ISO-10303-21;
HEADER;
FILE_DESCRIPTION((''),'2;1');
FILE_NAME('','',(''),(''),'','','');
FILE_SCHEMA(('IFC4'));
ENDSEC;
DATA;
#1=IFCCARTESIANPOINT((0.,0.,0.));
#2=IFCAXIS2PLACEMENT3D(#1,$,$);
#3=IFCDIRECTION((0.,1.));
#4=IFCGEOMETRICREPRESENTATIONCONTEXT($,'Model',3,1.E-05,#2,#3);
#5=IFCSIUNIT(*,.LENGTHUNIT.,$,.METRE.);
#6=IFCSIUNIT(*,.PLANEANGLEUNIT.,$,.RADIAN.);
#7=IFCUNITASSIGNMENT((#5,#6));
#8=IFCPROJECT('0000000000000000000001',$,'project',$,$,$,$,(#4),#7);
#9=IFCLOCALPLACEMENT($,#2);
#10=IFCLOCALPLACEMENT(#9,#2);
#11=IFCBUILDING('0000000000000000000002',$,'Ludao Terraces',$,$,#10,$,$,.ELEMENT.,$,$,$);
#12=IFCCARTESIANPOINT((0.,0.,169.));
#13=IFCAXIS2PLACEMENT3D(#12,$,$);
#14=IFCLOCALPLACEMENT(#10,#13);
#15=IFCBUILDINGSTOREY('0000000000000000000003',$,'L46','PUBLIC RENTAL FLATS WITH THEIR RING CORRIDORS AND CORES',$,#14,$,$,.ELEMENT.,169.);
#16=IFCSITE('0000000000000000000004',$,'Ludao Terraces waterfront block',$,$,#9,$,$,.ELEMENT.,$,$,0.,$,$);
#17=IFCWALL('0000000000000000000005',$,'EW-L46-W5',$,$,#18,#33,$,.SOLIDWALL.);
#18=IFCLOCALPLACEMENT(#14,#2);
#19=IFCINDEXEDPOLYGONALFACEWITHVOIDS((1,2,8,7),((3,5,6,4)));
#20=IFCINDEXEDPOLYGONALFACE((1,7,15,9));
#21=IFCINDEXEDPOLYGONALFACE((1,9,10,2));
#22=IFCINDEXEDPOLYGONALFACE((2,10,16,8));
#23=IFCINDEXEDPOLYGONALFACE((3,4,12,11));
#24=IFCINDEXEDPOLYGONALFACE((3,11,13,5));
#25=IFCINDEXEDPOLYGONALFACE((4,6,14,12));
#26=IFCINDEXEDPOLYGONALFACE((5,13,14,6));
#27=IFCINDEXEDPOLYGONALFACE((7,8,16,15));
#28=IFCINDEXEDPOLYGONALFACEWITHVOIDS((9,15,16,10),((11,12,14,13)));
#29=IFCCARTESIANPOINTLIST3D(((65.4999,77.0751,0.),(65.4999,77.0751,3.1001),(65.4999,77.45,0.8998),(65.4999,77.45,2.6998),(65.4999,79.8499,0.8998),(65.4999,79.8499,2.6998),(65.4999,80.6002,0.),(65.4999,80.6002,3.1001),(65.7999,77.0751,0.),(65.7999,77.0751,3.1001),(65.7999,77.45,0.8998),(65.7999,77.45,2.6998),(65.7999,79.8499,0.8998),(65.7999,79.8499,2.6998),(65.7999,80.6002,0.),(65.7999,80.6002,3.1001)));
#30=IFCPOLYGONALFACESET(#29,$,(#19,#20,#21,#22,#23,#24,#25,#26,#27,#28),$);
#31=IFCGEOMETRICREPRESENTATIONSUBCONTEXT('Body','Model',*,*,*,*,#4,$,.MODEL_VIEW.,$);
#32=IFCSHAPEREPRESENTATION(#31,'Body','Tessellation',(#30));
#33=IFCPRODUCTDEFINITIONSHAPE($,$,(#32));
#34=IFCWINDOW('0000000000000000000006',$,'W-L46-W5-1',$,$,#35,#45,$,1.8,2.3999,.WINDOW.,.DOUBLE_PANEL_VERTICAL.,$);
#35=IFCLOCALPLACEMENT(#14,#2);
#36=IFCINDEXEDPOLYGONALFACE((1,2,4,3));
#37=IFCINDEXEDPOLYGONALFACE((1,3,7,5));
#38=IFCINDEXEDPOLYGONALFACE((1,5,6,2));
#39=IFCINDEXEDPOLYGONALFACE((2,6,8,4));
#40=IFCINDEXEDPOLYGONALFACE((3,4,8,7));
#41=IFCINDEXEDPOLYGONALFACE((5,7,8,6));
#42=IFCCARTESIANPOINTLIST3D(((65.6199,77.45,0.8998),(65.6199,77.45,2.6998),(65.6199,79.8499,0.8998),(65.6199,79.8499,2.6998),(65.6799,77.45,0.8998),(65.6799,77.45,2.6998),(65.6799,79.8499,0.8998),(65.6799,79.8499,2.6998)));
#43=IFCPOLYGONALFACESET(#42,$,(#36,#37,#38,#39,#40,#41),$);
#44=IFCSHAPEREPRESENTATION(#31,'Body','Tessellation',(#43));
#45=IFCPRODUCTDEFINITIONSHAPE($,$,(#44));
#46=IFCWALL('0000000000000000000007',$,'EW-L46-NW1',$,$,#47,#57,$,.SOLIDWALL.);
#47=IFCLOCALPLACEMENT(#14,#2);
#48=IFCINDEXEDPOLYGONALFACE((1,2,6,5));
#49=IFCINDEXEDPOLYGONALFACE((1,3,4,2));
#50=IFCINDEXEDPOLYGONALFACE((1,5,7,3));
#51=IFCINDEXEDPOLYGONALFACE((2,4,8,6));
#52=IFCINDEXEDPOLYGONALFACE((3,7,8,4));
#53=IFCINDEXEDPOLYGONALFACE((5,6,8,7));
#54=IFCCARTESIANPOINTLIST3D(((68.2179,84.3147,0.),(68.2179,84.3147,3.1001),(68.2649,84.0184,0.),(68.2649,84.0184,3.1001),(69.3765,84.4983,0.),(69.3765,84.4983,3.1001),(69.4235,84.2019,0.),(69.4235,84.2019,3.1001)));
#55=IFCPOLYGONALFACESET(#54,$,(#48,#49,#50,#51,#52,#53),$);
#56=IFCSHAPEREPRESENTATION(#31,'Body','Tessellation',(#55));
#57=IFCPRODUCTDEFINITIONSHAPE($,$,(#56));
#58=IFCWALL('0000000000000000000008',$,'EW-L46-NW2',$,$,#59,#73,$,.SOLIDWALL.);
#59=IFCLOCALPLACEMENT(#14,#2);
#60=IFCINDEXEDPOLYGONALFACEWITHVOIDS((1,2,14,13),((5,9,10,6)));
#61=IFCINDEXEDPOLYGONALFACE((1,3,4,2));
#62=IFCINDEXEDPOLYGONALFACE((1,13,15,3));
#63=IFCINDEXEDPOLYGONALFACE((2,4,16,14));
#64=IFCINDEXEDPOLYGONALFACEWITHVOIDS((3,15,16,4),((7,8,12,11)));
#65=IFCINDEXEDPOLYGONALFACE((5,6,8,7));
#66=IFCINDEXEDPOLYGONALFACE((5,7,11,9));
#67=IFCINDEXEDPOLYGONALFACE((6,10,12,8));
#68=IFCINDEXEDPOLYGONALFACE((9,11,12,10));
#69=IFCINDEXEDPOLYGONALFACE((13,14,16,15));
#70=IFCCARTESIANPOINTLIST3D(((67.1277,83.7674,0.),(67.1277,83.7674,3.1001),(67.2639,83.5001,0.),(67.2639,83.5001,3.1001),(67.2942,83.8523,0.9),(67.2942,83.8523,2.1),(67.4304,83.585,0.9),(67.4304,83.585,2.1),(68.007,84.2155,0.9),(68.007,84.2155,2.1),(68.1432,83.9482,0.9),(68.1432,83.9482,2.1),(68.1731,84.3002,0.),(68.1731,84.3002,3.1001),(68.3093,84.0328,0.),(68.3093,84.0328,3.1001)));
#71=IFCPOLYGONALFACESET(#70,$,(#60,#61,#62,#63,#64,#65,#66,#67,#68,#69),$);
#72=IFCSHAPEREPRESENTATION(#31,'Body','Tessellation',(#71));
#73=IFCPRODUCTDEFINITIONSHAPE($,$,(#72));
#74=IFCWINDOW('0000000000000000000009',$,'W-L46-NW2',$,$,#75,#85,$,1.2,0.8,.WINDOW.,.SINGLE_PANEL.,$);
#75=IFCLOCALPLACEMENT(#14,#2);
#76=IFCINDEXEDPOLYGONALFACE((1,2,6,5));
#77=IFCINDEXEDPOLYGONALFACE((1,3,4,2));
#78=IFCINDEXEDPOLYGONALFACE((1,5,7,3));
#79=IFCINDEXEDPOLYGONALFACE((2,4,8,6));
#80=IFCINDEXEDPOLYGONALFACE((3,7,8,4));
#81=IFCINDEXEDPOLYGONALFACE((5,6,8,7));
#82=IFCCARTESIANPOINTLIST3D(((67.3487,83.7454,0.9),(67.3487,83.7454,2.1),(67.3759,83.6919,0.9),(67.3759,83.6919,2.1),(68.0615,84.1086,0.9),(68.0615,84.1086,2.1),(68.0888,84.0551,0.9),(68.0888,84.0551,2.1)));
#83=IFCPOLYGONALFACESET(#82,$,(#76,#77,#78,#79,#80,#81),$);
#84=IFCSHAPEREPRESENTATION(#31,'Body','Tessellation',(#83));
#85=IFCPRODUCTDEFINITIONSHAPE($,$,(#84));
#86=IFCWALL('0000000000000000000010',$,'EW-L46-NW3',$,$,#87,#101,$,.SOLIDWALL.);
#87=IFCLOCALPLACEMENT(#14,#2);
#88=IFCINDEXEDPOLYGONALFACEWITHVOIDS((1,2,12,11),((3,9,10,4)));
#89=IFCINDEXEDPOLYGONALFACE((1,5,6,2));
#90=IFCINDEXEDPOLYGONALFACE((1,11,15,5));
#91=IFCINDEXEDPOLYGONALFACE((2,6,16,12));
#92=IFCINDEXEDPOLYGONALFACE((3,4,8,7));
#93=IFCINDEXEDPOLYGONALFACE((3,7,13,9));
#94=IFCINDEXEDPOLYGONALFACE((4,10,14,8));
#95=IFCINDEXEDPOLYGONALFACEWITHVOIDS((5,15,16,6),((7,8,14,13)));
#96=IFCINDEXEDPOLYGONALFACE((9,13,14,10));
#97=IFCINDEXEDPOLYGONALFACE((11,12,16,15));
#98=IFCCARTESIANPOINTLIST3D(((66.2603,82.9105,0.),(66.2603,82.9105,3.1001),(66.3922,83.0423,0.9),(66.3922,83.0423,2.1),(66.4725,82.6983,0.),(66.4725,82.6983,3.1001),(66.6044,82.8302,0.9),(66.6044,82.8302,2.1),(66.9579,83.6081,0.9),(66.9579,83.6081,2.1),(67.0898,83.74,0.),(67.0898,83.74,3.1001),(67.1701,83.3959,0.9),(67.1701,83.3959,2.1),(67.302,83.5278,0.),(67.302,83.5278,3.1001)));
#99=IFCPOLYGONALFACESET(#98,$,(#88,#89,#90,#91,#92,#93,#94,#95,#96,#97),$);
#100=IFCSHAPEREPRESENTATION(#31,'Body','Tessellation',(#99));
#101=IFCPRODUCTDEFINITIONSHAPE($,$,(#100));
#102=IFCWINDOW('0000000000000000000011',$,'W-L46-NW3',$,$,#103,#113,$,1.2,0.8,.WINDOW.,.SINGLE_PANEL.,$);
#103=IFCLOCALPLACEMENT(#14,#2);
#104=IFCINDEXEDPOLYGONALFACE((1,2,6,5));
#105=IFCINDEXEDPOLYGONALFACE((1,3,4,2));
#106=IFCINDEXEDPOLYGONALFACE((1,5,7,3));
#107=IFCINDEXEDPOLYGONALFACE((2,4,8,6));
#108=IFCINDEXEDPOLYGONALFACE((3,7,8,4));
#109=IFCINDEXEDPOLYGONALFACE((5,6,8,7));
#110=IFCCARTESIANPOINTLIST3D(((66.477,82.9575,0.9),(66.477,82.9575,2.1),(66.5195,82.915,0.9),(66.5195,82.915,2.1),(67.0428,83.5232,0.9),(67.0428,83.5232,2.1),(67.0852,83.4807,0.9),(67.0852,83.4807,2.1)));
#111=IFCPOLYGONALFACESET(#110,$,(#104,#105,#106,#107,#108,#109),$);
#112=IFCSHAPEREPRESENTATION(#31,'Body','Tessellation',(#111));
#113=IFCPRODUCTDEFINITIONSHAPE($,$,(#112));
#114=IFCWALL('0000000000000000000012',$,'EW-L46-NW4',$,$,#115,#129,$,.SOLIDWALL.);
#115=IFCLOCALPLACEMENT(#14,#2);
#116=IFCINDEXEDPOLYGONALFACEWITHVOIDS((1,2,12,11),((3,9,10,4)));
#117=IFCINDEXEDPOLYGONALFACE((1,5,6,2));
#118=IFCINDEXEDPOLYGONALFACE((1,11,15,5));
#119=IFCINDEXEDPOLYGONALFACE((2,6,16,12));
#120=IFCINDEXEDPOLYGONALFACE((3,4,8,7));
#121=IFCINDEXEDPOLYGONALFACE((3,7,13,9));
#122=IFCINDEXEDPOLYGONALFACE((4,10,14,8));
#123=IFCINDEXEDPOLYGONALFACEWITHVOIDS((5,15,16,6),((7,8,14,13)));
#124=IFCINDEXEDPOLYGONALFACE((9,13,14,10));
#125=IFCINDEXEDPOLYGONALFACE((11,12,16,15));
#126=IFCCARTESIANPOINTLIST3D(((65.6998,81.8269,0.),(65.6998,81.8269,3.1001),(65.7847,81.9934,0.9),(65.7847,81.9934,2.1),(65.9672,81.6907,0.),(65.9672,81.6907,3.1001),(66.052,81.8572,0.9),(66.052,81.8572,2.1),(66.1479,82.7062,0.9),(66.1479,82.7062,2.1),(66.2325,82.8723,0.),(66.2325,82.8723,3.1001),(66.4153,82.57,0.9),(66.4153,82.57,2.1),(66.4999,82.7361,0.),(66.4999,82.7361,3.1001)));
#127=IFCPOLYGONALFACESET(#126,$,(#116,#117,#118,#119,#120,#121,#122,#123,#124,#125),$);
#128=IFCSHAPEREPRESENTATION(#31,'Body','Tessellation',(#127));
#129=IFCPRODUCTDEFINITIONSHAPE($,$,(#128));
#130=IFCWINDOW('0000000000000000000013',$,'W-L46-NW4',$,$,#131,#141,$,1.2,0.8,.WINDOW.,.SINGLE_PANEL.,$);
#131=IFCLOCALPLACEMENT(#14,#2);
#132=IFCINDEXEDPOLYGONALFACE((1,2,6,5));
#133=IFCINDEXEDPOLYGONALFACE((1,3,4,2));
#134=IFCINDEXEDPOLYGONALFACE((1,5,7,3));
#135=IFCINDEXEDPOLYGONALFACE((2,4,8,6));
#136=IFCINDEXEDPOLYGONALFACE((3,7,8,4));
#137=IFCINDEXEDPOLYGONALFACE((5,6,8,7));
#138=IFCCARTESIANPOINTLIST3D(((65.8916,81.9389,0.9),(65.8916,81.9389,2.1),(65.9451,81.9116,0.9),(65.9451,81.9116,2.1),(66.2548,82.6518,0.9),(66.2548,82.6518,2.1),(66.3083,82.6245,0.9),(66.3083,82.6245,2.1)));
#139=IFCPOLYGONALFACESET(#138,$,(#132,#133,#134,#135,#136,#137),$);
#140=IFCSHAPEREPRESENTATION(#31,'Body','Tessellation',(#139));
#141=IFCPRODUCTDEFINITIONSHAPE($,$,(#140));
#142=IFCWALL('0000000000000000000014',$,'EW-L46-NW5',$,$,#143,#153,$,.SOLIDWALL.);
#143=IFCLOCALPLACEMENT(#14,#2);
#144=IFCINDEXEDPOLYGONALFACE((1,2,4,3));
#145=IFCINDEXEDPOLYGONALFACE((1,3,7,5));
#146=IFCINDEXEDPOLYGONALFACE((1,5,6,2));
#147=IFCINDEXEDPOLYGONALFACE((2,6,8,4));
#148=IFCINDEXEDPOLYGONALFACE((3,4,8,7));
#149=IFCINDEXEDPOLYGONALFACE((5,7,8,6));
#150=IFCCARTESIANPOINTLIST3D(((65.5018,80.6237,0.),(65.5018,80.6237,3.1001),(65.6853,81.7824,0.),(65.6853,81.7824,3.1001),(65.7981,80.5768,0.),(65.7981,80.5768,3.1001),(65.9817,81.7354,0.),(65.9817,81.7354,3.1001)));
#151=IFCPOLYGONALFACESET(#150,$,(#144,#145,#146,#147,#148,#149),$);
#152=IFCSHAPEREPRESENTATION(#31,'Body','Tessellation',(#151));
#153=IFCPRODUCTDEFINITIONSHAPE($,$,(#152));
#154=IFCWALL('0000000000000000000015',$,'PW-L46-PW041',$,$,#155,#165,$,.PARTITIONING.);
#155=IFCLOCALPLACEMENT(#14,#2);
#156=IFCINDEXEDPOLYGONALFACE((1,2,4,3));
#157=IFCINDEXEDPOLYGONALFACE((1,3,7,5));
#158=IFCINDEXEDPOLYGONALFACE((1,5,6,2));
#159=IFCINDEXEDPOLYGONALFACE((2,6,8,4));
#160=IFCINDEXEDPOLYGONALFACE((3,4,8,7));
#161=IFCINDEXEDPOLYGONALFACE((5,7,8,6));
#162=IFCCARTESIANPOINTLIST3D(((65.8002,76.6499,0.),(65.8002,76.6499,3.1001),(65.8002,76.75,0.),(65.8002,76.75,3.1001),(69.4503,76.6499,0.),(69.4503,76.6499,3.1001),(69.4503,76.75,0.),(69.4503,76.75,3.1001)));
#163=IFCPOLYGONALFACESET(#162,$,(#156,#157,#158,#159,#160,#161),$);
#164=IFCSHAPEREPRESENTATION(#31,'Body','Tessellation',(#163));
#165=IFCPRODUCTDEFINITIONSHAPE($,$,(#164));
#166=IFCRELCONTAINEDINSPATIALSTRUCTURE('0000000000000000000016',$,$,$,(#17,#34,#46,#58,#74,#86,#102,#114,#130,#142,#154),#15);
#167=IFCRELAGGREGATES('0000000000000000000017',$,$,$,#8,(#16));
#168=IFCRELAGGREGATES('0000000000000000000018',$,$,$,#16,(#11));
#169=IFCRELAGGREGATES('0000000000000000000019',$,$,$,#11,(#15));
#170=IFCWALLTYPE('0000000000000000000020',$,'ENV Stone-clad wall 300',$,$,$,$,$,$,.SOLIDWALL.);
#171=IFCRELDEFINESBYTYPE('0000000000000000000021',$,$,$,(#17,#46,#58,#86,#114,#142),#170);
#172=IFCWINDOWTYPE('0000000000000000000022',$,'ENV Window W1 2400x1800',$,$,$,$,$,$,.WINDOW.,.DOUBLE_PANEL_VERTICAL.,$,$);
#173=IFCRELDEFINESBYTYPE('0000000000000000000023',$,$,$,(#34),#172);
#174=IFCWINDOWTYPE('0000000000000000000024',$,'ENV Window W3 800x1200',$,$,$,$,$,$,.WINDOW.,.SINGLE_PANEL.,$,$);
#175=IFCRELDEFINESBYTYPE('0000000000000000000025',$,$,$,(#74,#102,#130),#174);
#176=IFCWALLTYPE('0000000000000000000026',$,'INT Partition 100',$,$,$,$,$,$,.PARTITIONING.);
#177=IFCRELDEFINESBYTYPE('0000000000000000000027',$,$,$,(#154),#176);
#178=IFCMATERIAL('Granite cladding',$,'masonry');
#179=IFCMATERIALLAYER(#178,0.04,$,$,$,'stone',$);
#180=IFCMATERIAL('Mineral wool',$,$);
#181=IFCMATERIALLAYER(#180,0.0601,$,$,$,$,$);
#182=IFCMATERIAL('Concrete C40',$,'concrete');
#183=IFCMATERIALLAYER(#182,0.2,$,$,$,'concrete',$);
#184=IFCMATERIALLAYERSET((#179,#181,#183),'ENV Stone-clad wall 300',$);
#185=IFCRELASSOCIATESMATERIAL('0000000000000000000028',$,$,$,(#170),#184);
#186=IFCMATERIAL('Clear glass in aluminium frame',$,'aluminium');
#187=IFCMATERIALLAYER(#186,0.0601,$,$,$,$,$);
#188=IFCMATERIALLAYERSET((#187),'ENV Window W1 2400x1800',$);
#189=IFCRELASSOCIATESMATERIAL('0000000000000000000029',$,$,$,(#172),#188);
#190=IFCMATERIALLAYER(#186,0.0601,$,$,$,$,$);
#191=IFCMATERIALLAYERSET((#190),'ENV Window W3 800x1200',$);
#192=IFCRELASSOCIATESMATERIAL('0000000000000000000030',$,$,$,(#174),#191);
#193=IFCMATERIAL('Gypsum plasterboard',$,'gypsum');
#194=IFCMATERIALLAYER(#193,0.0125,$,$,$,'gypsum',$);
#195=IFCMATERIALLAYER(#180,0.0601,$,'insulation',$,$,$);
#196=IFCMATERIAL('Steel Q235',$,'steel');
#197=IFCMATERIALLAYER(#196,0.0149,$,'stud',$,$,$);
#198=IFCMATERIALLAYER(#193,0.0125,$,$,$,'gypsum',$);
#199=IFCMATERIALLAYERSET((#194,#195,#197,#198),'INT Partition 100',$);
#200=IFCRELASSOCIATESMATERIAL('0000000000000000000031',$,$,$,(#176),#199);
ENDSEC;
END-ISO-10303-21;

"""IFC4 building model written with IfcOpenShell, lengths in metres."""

from ifc_helpers import new_model, si_unit, direction, frame, frame_2d, origin, place, context, subcontext, project, spatial, rectangle, extrude, material, layer, layer_set, type_object, element, fill, save


model = new_model("IFC4")

# Units and contexts
model_context = context("Model", 3, precision=1e-05, world=origin(), true_north=direction((0.0, 1.0)))
body_context = subcontext(model_context, "Body", "Model", "MODEL_VIEW")
ifc_project = project(units=[si_unit("LENGTHUNIT", "METRE"), si_unit("PLANEANGLEUNIT", "RADIAN")], contexts=[model_context])

# Site, building, storey
site_placement = place(None, origin())
site = spatial("IfcSite", under=ifc_project, at=site_placement, Name="Ludao Terraces waterfront block", CompositionType="ELEMENT", RefElevation=0.0)
building_placement = place(site_placement, origin())
building = spatial("IfcBuilding", under=site, at=building_placement, Name="Ludao Terraces", CompositionType="ELEMENT")
storey_placement = place(building_placement, frame((0.0, 0.0, 169.0)))
storey = spatial("IfcBuildingStorey", under=building, at=storey_placement, Name="L46", Description="PUBLIC RENTAL FLATS WITH THEIR RING CORRIDORS AND CORES", CompositionType="ELEMENT", Elevation=169.0)

# Shared definitions
ifc_material_1 = material(Name="Concrete C40", Category="concrete")

# Shared definitions
ifc_material_2 = material(Name="Steel Q235", Category="steel")

# Shared definitions
ifc_material_3 = material(Name="Granite cladding", Category="masonry")
ifc_layer_1 = layer(ifc_material_3, 0.04, Category="stone")
ifc_material_4 = material(Name="Mineral wool")
ifc_layer_2 = layer(ifc_material_4, 0.0601)
ifc_layer_3 = layer(ifc_material_1, 0.2, Category="concrete")
ifc_layer_set_1 = layer_set([ifc_layer_1, ifc_layer_2, ifc_layer_3], Name="ENV Stone-clad wall 300")
wall_type_1 = type_object("IfcWallType", Name="ENV Stone-clad wall 300", PredefinedType="SOLIDWALL", material=ifc_layer_set_1)
ifc_material_5 = material(Name="Clear glass in aluminium frame", Category="aluminium")
ifc_layer_4 = layer(ifc_material_5, 0.0601)
ifc_layer_set_2 = layer_set([ifc_layer_4], Name="ENV Window W1 2400x1800")
window_type_1 = type_object("IfcWindowType", Name="ENV Window W1 2400x1800", PartitioningType="DOUBLE_PANEL_VERTICAL", PredefinedType="WINDOW", material=ifc_layer_set_2)

# Wall, opening, window
wall_1_placement = place(storey_placement, frame((65.6499, 77.075, 0.0), z_axis=(0.0, 0.0, 1.0), x_axis=(0.0, 1.0, 0.0)))
wall_1 = element("IfcWall", 1, at=wall_1_placement, inside=storey, type_object=wall_type_1, Name="EW-L46-W5", PredefinedType="SOLIDWALL", context=body_context, shape_type="SweptSolid", body=[
    extrude(rectangle(XDim=3.5251, YDim=0.3, at=frame_2d((1.7627, 0.0))), origin(), (0.0, 0.0, 1.0), 3.1001),
])
opening_1_placement = place(wall_1_placement, frame((0.375, 0.0, 0.8999)))
opening_1 = element("IfcOpeningElement", 2, at=opening_1_placement, cuts=wall_1, PredefinedType="OPENING", context=body_context, shape_type="SweptSolid", body=[
    extrude(rectangle(XDim=2.3999, YDim=1.8, at=frame_2d((1.2, 0.8999))), frame((0.0, 0.1602, 0.0), z_axis=(0.0, -1.0, 0.0), x_axis=(1.0, 0.0, 0.0)), (0.0, 0.0, 1.0), 0.3201),
])
window_1_placement = place(opening_1_placement, origin())
window_1 = element("IfcWindow", 3, at=window_1_placement, inside=storey, type_object=window_type_1, Name="W-L46-W5-1", OverallHeight=1.8, OverallWidth=2.3999, PartitioningType="DOUBLE_PANEL_VERTICAL", PredefinedType="WINDOW", context=body_context, shape_type="SweptSolid", body=[
    extrude(rectangle(XDim=2.3999, YDim=1.8, at=frame_2d((1.2, 0.8999))), frame((0.0, 0.03, 0.0), z_axis=(0.0, -1.0, 0.0), x_axis=(1.0, 0.0, 0.0)), (0.0, 0.0, 1.0), 0.0601),
])
fill(opening_1, window_1)

# Wall
wall_2_placement = place(storey_placement, frame((69.3999, 84.3501, 0.0), z_axis=(0.0, 0.0, 1.0), x_axis=(-0.987678, -0.156497, 0.0)))
element("IfcWall", 4, at=wall_2_placement, inside=storey, type_object=wall_type_1, Name="EW-L46-NW1", PredefinedType="SOLIDWALL", context=body_context, shape_type="SweptSolid", body=[
    extrude(rectangle(XDim=1.1731, YDim=0.3, at=frame_2d((0.5864, 0.0))), origin(), (0.0, 0.0, 1.0), 3.1001),
])

# Walls, openings, windows
wall_3_placement = place(storey_placement, frame((68.2412, 84.1665, 0.0), z_axis=(0.0, 0.0, 1.0), x_axis=(-0.890989, -0.454026, 0.0)))
wall_3 = element("IfcWall", 5, at=wall_3_placement, inside=storey, type_object=wall_type_1, Name="EW-L46-NW2", PredefinedType="SOLIDWALL", context=body_context, shape_type="SweptSolid", body=[
    extrude(rectangle(XDim=1.1733, YDim=0.3, at=frame_2d((0.5867, 0.0))), origin(), (0.0, 0.0, 1.0), 3.1001),
])
opening_2_placement = place(wall_3_placement, frame((0.1865, 0.0, 0.8999)))
opening_2 = element("IfcOpeningElement", 6, at=opening_2_placement, cuts=wall_3, PredefinedType="OPENING", context=body_context, shape_type="SweptSolid", body=[
    extrude(rectangle(XDim=0.8, YDim=1.2, at=frame_2d((0.3999, 0.6001))), frame((0.0, 0.1602, 0.0), z_axis=(0.0, -1.0, 0.0), x_axis=(1.0, 0.0, 0.0)), (0.0, 0.0, 1.0), 0.3201),
])
ifc_layer_5 = layer(ifc_material_5, 0.0601)
ifc_layer_set_3 = layer_set([ifc_layer_5], Name="ENV Window W3 800x1200")
window_type_2 = type_object("IfcWindowType", Name="ENV Window W3 800x1200", PartitioningType="SINGLE_PANEL", PredefinedType="WINDOW", material=ifc_layer_set_3)
window_2_placement = place(opening_2_placement, origin())
window_2 = element("IfcWindow", 7, at=window_2_placement, inside=storey, type_object=window_type_2, Name="W-L46-NW2", OverallHeight=1.2, OverallWidth=0.8, PartitioningType="SINGLE_PANEL", PredefinedType="WINDOW", context=body_context, shape_type="SweptSolid", body=[
    extrude(rectangle(XDim=0.8, YDim=1.2, at=frame_2d((0.3999, 0.6001))), frame((0.0, 0.03, 0.0), z_axis=(0.0, -1.0, 0.0), x_axis=(1.0, 0.0, 0.0)), (0.0, 0.0, 1.0), 0.0601),
])
fill(opening_2, window_2)
wall_4_placement = place(storey_placement, frame((67.1958, 83.6338, 0.0), z_axis=(0.0, 0.0, 1.0), x_axis=(-0.707107, -0.707107, 0.0)))
wall_4 = element("IfcWall", 8, at=wall_4_placement, inside=storey, type_object=wall_type_1, Name="EW-L46-NW3", PredefinedType="SOLIDWALL", context=body_context, shape_type="SweptSolid", body=[
    extrude(rectangle(XDim=1.1731, YDim=0.3, at=frame_2d((0.5864, 0.0))), origin(), (0.0, 0.0, 1.0), 3.1001),
])
opening_3_placement = place(wall_4_placement, frame((0.1865, 0.0, 0.8999)))
opening_3 = element("IfcOpeningElement", 9, at=opening_3_placement, cuts=wall_4, PredefinedType="OPENING", context=body_context, shape_type="SweptSolid", body=[
    extrude(rectangle(XDim=0.8, YDim=1.2, at=frame_2d((0.3999, 0.6001))), frame((0.0, 0.1602, 0.0), z_axis=(0.0, -1.0, 0.0), x_axis=(1.0, 0.0, 0.0)), (0.0, 0.0, 1.0), 0.3201),
])
window_3_placement = place(opening_3_placement, origin())
window_3 = element("IfcWindow", 10, at=window_3_placement, inside=storey, type_object=window_type_2, Name="W-L46-NW3", OverallHeight=1.2, OverallWidth=0.8, PartitioningType="SINGLE_PANEL", PredefinedType="WINDOW", context=body_context, shape_type="SweptSolid", body=[
    extrude(rectangle(XDim=0.8, YDim=1.2, at=frame_2d((0.3999, 0.6001))), frame((0.0, 0.03, 0.0), z_axis=(0.0, -1.0, 0.0), x_axis=(1.0, 0.0, 0.0)), (0.0, 0.0, 1.0), 0.0601),
])
fill(opening_3, window_3)
wall_5_placement = place(storey_placement, frame((66.3662, 82.8042, 0.0), z_axis=(0.0, 0.0, 1.0), x_axis=(-0.454026, -0.890989, 0.0)))
wall_5 = element("IfcWall", 11, at=wall_5_placement, inside=storey, type_object=wall_type_1, Name="EW-L46-NW4", PredefinedType="SOLIDWALL", context=body_context, shape_type="SweptSolid", body=[
    extrude(rectangle(XDim=1.1733, YDim=0.3, at=frame_2d((0.5867, 0.0))), origin(), (0.0, 0.0, 1.0), 3.1001),
])
opening_4_placement = place(wall_5_placement, frame((0.1865, 0.0, 0.8999)))
opening_4 = element("IfcOpeningElement", 12, at=opening_4_placement, cuts=wall_5, PredefinedType="OPENING", context=body_context, shape_type="SweptSolid", body=[
    extrude(rectangle(XDim=0.8, YDim=1.2, at=frame_2d((0.3999, 0.6001))), frame((0.0, 0.1602, 0.0), z_axis=(0.0, -1.0, 0.0), x_axis=(1.0, 0.0, 0.0)), (0.0, 0.0, 1.0), 0.3201),
])
window_4_placement = place(opening_4_placement, origin())
window_4 = element("IfcWindow", 13, at=window_4_placement, inside=storey, type_object=window_type_2, Name="W-L46-NW4", OverallHeight=1.2, OverallWidth=0.8, PartitioningType="SINGLE_PANEL", PredefinedType="WINDOW", context=body_context, shape_type="SweptSolid", body=[
    extrude(rectangle(XDim=0.8, YDim=1.2, at=frame_2d((0.3999, 0.6001))), frame((0.0, 0.03, 0.0), z_axis=(0.0, -1.0, 0.0), x_axis=(1.0, 0.0, 0.0)), (0.0, 0.0, 1.0), 0.0601),
])
fill(opening_4, window_4)

# Walls
wall_6_placement = place(storey_placement, frame((65.8335, 81.7588, 0.0), z_axis=(0.0, 0.0, 1.0), x_axis=(-0.156497, -0.987678, 0.0)))
element("IfcWall", 14, at=wall_6_placement, inside=storey, type_object=wall_type_1, Name="EW-L46-NW5", PredefinedType="SOLIDWALL", context=body_context, shape_type="SweptSolid", body=[
    extrude(rectangle(XDim=1.1731, YDim=0.3, at=frame_2d((0.5864, 0.0))), origin(), (0.0, 0.0, 1.0), 3.1001),
])
ifc_material_6 = material(Name="Gypsum plasterboard", Category="gypsum")
ifc_layer_6 = layer(ifc_material_6, 0.0125, Category="gypsum")
ifc_layer_7 = layer(ifc_material_4, 0.0601, Name="insulation")
ifc_layer_8 = layer(ifc_material_2, 0.0149, Name="stud")
ifc_layer_9 = layer(ifc_material_6, 0.0125, Category="gypsum")
ifc_layer_set_4 = layer_set([ifc_layer_6, ifc_layer_7, ifc_layer_8, ifc_layer_9], Name="INT Partition 100")
wall_type_2 = type_object("IfcWallType", Name="INT Partition 100", PredefinedType="PARTITIONING", material=ifc_layer_set_4)
wall_7_placement = place(storey_placement, frame((65.8, 76.7, 0.0), z_axis=(0.0, 0.0, 1.0), x_axis=(1.0, 0.0, 0.0)))
element("IfcWall", 15, at=wall_7_placement, inside=storey, type_object=wall_type_2, Name="PW-L46-PW041", PredefinedType="PARTITIONING", context=body_context, shape_type="SweptSolid", body=[
    extrude(rectangle(XDim=3.6501, YDim=0.1001, at=frame_2d((1.8252, 0.0))), origin(), (0.0, 0.0, 1.0), 3.1001),
])

save(model, "model.ifc")
